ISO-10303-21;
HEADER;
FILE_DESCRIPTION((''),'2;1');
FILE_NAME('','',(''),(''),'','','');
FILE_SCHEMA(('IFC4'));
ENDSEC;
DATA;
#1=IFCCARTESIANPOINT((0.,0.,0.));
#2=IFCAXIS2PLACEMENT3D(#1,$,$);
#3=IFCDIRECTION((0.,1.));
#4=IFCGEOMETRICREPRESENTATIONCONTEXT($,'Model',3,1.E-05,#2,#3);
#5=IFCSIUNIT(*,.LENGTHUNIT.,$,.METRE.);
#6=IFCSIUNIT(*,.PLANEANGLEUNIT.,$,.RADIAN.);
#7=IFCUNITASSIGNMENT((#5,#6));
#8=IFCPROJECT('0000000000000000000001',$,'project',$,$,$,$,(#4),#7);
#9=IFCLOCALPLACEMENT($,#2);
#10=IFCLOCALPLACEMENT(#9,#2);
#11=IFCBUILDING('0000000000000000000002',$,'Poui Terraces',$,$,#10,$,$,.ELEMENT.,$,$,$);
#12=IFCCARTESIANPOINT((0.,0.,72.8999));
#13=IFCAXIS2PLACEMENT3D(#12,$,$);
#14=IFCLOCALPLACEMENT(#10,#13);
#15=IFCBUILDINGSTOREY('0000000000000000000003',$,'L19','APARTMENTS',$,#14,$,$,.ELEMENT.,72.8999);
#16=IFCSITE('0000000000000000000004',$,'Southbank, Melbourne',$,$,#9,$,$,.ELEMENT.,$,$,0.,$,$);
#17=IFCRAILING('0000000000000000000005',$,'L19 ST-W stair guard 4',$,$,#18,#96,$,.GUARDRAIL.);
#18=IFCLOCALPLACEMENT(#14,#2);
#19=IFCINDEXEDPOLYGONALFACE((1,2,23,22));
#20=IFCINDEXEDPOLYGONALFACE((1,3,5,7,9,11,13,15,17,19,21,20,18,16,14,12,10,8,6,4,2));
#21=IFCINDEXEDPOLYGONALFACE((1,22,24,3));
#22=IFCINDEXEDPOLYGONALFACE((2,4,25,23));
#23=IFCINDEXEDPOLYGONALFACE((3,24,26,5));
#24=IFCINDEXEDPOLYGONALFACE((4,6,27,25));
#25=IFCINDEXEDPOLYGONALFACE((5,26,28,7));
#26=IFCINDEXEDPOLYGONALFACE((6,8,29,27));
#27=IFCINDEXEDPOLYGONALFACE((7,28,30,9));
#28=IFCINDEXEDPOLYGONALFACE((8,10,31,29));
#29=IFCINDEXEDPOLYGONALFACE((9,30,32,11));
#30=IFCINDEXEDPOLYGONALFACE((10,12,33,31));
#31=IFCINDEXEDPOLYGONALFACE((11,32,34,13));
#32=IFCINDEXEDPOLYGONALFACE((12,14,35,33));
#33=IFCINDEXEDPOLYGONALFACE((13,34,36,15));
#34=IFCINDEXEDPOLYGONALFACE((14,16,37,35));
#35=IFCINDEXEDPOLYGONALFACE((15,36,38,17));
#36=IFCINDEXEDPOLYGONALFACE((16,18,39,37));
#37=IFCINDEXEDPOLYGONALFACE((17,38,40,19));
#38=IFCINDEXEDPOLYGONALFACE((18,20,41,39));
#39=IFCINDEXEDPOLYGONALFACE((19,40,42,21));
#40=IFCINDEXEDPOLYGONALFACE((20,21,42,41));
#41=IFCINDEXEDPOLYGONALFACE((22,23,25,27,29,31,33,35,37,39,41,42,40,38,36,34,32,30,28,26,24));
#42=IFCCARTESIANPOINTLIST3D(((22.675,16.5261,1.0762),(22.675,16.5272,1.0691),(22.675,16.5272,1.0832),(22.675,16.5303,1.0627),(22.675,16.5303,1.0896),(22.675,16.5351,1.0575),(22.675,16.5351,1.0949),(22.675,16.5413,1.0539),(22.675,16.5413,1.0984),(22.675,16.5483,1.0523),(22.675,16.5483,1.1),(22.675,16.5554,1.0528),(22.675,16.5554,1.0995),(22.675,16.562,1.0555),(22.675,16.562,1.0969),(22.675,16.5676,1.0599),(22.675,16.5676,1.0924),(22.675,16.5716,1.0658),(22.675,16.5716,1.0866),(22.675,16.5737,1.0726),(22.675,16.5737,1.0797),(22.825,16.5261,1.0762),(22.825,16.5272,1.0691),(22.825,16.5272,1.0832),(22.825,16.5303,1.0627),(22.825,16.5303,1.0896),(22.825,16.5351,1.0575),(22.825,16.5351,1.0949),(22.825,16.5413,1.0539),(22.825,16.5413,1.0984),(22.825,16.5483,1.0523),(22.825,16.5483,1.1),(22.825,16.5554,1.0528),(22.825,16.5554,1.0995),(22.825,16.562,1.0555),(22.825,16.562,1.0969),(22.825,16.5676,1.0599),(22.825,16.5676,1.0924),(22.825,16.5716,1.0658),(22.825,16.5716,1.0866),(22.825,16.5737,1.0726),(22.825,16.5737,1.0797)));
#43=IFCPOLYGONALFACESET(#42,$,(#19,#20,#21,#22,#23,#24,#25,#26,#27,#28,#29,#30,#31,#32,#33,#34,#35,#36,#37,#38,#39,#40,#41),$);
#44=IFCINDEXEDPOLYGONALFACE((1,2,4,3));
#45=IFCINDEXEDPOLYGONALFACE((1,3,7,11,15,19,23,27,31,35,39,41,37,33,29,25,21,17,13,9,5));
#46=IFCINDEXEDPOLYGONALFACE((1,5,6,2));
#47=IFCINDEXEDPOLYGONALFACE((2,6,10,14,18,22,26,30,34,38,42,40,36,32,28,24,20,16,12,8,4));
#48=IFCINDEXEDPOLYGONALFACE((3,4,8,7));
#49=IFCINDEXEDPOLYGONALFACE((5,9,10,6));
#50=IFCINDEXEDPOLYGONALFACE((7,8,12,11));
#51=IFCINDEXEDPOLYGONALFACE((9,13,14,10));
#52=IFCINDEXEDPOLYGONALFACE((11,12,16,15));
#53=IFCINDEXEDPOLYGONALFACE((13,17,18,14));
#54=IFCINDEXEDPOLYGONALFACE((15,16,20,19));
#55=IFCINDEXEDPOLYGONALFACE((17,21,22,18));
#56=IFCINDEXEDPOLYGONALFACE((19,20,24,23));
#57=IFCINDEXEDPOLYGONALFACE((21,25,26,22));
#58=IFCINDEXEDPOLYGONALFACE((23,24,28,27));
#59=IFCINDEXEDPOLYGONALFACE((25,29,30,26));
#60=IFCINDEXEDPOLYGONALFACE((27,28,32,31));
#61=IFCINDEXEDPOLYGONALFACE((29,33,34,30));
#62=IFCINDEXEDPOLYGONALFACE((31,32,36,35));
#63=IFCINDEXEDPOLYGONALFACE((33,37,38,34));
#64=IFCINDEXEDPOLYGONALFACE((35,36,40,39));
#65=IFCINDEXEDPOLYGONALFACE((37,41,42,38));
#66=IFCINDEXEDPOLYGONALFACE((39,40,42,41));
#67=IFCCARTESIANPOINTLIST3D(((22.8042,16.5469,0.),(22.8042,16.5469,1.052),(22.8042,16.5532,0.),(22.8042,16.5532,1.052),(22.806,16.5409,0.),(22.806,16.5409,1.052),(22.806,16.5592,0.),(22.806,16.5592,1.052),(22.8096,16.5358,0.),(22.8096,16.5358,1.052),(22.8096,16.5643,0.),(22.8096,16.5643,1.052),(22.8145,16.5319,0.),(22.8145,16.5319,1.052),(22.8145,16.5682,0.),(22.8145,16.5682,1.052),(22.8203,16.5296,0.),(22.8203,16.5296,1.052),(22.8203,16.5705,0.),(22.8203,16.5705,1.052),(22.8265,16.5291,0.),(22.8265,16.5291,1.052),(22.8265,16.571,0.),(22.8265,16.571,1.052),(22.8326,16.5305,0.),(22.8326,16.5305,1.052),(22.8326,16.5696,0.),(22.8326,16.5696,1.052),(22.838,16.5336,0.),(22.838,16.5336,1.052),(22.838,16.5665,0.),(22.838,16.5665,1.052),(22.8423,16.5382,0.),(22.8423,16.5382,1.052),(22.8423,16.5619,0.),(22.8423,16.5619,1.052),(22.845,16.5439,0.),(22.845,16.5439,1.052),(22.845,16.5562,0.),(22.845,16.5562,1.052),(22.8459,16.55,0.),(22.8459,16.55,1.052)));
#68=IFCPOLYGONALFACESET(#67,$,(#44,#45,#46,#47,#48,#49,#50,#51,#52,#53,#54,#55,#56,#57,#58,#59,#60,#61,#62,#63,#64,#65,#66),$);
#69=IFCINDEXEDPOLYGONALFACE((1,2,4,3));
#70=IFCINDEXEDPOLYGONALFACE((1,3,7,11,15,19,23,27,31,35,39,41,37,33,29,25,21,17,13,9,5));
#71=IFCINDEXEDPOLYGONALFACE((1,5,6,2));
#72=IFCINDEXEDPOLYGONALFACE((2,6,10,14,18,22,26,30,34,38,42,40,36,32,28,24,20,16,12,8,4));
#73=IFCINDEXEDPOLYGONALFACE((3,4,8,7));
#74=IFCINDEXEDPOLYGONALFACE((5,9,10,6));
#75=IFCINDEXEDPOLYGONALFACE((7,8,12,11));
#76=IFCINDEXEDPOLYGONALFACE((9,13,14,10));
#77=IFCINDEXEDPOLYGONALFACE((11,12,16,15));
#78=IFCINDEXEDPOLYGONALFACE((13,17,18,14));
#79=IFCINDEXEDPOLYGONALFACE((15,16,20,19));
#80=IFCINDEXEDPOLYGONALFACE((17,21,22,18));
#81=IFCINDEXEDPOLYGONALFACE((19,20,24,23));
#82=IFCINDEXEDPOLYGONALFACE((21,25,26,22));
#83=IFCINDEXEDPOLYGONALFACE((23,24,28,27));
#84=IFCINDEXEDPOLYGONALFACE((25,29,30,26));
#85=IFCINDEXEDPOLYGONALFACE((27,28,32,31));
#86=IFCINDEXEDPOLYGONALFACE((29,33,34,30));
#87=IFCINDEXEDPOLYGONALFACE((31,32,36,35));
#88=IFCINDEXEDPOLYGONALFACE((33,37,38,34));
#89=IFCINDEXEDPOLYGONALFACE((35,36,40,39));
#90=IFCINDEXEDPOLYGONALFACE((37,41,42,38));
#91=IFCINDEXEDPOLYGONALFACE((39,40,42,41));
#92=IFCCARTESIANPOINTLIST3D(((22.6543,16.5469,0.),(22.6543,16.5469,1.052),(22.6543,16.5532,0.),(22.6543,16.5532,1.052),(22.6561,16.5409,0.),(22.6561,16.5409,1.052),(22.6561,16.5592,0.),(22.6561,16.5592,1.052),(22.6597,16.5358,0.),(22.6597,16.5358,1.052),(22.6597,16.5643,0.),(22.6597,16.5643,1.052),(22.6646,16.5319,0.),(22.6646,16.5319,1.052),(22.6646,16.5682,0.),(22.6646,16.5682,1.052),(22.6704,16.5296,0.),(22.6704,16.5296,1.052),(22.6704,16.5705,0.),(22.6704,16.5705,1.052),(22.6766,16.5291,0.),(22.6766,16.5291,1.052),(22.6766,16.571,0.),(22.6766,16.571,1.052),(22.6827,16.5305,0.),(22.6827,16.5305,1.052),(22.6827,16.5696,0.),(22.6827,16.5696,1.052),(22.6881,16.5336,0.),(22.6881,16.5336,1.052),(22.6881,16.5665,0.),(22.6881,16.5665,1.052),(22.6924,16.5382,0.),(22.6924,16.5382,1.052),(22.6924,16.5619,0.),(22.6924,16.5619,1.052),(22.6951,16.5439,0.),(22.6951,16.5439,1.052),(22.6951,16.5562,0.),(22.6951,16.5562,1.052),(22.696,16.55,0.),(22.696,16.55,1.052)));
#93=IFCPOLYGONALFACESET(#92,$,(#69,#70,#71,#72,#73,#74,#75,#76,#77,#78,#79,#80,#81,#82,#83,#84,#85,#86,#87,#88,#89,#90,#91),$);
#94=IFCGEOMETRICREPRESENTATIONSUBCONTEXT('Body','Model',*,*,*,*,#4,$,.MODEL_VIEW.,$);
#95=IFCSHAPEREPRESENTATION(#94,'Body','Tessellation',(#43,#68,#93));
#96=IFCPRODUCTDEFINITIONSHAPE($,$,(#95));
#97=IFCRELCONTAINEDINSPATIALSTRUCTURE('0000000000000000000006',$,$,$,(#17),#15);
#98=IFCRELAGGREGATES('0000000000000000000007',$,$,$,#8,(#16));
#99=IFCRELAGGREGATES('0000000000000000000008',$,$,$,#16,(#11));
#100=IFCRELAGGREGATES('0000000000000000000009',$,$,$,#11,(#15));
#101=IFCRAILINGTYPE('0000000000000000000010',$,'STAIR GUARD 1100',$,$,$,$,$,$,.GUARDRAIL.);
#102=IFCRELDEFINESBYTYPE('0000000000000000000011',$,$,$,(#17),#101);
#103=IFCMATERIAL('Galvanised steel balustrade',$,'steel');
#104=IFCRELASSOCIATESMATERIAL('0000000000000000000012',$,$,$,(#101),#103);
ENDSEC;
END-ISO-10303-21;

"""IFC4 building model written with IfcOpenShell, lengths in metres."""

from ifc_helpers import new_model, si_unit, direction, frame, origin, origin_2d, place, context, subcontext, project, spatial, circle, extrude, material, type_object, element, save


model = new_model("IFC4")

# Units and contexts
model_context = context("Model", 3, precision=1e-05, world=origin(), true_north=direction((0.0, 1.0)))
body_context = subcontext(model_context, "Body", "Model", "MODEL_VIEW")
ifc_project = project(units=[si_unit("LENGTHUNIT", "METRE"), si_unit("PLANEANGLEUNIT", "RADIAN")], contexts=[model_context])

# Site, building, storey
site_placement = place(None, origin())
site = spatial("IfcSite", under=ifc_project, at=site_placement, Name="Southbank, Melbourne", CompositionType="ELEMENT", RefElevation=0.0)
building_placement = place(site_placement, origin())
building = spatial("IfcBuilding", under=site, at=building_placement, Name="Poui Terraces", CompositionType="ELEMENT")
storey_placement = place(building_placement, frame((0.0, 0.0, 72.8999)))
storey = spatial("IfcBuildingStorey", under=building, at=storey_placement, Name="L19", Description="APARTMENTS", CompositionType="ELEMENT", Elevation=72.8999)

# Railing
ifc_material_1 = material(Name="Galvanised steel balustrade", Category="steel")
railing_type_1 = type_object("IfcRailingType", Name="STAIR GUARD 1100", PredefinedType="GUARDRAIL", material=ifc_material_1)
railing_1_placement = place(storey_placement, frame((22.825, 16.55, 0.0)))
element("IfcRailing", 1, at=railing_1_placement, inside=storey, type_object=railing_type_1, Name="L19 ST-W stair guard 4", PredefinedType="GUARDRAIL", context=body_context, shape_type="SweptSolid", body=[
    extrude(circle(Radius=0.0239, at=origin_2d()), frame((0.0, 0.0, 1.0762), z_axis=(-1.0, 0.0, 0.0), x_axis=(0.0, -1.0, 0.0)), (0.0, 0.0, 1.0), 0.1499),
    extrude(circle(Radius=0.021, at=origin_2d()), origin(), (0.0, 0.0, 1.0), 1.052),
    extrude(circle(Radius=0.021, at=origin_2d()), frame((-0.1499, 0.0, 0.0)), (0.0, 0.0, 1.0), 1.052),
])

save(model, "model.ifc")
